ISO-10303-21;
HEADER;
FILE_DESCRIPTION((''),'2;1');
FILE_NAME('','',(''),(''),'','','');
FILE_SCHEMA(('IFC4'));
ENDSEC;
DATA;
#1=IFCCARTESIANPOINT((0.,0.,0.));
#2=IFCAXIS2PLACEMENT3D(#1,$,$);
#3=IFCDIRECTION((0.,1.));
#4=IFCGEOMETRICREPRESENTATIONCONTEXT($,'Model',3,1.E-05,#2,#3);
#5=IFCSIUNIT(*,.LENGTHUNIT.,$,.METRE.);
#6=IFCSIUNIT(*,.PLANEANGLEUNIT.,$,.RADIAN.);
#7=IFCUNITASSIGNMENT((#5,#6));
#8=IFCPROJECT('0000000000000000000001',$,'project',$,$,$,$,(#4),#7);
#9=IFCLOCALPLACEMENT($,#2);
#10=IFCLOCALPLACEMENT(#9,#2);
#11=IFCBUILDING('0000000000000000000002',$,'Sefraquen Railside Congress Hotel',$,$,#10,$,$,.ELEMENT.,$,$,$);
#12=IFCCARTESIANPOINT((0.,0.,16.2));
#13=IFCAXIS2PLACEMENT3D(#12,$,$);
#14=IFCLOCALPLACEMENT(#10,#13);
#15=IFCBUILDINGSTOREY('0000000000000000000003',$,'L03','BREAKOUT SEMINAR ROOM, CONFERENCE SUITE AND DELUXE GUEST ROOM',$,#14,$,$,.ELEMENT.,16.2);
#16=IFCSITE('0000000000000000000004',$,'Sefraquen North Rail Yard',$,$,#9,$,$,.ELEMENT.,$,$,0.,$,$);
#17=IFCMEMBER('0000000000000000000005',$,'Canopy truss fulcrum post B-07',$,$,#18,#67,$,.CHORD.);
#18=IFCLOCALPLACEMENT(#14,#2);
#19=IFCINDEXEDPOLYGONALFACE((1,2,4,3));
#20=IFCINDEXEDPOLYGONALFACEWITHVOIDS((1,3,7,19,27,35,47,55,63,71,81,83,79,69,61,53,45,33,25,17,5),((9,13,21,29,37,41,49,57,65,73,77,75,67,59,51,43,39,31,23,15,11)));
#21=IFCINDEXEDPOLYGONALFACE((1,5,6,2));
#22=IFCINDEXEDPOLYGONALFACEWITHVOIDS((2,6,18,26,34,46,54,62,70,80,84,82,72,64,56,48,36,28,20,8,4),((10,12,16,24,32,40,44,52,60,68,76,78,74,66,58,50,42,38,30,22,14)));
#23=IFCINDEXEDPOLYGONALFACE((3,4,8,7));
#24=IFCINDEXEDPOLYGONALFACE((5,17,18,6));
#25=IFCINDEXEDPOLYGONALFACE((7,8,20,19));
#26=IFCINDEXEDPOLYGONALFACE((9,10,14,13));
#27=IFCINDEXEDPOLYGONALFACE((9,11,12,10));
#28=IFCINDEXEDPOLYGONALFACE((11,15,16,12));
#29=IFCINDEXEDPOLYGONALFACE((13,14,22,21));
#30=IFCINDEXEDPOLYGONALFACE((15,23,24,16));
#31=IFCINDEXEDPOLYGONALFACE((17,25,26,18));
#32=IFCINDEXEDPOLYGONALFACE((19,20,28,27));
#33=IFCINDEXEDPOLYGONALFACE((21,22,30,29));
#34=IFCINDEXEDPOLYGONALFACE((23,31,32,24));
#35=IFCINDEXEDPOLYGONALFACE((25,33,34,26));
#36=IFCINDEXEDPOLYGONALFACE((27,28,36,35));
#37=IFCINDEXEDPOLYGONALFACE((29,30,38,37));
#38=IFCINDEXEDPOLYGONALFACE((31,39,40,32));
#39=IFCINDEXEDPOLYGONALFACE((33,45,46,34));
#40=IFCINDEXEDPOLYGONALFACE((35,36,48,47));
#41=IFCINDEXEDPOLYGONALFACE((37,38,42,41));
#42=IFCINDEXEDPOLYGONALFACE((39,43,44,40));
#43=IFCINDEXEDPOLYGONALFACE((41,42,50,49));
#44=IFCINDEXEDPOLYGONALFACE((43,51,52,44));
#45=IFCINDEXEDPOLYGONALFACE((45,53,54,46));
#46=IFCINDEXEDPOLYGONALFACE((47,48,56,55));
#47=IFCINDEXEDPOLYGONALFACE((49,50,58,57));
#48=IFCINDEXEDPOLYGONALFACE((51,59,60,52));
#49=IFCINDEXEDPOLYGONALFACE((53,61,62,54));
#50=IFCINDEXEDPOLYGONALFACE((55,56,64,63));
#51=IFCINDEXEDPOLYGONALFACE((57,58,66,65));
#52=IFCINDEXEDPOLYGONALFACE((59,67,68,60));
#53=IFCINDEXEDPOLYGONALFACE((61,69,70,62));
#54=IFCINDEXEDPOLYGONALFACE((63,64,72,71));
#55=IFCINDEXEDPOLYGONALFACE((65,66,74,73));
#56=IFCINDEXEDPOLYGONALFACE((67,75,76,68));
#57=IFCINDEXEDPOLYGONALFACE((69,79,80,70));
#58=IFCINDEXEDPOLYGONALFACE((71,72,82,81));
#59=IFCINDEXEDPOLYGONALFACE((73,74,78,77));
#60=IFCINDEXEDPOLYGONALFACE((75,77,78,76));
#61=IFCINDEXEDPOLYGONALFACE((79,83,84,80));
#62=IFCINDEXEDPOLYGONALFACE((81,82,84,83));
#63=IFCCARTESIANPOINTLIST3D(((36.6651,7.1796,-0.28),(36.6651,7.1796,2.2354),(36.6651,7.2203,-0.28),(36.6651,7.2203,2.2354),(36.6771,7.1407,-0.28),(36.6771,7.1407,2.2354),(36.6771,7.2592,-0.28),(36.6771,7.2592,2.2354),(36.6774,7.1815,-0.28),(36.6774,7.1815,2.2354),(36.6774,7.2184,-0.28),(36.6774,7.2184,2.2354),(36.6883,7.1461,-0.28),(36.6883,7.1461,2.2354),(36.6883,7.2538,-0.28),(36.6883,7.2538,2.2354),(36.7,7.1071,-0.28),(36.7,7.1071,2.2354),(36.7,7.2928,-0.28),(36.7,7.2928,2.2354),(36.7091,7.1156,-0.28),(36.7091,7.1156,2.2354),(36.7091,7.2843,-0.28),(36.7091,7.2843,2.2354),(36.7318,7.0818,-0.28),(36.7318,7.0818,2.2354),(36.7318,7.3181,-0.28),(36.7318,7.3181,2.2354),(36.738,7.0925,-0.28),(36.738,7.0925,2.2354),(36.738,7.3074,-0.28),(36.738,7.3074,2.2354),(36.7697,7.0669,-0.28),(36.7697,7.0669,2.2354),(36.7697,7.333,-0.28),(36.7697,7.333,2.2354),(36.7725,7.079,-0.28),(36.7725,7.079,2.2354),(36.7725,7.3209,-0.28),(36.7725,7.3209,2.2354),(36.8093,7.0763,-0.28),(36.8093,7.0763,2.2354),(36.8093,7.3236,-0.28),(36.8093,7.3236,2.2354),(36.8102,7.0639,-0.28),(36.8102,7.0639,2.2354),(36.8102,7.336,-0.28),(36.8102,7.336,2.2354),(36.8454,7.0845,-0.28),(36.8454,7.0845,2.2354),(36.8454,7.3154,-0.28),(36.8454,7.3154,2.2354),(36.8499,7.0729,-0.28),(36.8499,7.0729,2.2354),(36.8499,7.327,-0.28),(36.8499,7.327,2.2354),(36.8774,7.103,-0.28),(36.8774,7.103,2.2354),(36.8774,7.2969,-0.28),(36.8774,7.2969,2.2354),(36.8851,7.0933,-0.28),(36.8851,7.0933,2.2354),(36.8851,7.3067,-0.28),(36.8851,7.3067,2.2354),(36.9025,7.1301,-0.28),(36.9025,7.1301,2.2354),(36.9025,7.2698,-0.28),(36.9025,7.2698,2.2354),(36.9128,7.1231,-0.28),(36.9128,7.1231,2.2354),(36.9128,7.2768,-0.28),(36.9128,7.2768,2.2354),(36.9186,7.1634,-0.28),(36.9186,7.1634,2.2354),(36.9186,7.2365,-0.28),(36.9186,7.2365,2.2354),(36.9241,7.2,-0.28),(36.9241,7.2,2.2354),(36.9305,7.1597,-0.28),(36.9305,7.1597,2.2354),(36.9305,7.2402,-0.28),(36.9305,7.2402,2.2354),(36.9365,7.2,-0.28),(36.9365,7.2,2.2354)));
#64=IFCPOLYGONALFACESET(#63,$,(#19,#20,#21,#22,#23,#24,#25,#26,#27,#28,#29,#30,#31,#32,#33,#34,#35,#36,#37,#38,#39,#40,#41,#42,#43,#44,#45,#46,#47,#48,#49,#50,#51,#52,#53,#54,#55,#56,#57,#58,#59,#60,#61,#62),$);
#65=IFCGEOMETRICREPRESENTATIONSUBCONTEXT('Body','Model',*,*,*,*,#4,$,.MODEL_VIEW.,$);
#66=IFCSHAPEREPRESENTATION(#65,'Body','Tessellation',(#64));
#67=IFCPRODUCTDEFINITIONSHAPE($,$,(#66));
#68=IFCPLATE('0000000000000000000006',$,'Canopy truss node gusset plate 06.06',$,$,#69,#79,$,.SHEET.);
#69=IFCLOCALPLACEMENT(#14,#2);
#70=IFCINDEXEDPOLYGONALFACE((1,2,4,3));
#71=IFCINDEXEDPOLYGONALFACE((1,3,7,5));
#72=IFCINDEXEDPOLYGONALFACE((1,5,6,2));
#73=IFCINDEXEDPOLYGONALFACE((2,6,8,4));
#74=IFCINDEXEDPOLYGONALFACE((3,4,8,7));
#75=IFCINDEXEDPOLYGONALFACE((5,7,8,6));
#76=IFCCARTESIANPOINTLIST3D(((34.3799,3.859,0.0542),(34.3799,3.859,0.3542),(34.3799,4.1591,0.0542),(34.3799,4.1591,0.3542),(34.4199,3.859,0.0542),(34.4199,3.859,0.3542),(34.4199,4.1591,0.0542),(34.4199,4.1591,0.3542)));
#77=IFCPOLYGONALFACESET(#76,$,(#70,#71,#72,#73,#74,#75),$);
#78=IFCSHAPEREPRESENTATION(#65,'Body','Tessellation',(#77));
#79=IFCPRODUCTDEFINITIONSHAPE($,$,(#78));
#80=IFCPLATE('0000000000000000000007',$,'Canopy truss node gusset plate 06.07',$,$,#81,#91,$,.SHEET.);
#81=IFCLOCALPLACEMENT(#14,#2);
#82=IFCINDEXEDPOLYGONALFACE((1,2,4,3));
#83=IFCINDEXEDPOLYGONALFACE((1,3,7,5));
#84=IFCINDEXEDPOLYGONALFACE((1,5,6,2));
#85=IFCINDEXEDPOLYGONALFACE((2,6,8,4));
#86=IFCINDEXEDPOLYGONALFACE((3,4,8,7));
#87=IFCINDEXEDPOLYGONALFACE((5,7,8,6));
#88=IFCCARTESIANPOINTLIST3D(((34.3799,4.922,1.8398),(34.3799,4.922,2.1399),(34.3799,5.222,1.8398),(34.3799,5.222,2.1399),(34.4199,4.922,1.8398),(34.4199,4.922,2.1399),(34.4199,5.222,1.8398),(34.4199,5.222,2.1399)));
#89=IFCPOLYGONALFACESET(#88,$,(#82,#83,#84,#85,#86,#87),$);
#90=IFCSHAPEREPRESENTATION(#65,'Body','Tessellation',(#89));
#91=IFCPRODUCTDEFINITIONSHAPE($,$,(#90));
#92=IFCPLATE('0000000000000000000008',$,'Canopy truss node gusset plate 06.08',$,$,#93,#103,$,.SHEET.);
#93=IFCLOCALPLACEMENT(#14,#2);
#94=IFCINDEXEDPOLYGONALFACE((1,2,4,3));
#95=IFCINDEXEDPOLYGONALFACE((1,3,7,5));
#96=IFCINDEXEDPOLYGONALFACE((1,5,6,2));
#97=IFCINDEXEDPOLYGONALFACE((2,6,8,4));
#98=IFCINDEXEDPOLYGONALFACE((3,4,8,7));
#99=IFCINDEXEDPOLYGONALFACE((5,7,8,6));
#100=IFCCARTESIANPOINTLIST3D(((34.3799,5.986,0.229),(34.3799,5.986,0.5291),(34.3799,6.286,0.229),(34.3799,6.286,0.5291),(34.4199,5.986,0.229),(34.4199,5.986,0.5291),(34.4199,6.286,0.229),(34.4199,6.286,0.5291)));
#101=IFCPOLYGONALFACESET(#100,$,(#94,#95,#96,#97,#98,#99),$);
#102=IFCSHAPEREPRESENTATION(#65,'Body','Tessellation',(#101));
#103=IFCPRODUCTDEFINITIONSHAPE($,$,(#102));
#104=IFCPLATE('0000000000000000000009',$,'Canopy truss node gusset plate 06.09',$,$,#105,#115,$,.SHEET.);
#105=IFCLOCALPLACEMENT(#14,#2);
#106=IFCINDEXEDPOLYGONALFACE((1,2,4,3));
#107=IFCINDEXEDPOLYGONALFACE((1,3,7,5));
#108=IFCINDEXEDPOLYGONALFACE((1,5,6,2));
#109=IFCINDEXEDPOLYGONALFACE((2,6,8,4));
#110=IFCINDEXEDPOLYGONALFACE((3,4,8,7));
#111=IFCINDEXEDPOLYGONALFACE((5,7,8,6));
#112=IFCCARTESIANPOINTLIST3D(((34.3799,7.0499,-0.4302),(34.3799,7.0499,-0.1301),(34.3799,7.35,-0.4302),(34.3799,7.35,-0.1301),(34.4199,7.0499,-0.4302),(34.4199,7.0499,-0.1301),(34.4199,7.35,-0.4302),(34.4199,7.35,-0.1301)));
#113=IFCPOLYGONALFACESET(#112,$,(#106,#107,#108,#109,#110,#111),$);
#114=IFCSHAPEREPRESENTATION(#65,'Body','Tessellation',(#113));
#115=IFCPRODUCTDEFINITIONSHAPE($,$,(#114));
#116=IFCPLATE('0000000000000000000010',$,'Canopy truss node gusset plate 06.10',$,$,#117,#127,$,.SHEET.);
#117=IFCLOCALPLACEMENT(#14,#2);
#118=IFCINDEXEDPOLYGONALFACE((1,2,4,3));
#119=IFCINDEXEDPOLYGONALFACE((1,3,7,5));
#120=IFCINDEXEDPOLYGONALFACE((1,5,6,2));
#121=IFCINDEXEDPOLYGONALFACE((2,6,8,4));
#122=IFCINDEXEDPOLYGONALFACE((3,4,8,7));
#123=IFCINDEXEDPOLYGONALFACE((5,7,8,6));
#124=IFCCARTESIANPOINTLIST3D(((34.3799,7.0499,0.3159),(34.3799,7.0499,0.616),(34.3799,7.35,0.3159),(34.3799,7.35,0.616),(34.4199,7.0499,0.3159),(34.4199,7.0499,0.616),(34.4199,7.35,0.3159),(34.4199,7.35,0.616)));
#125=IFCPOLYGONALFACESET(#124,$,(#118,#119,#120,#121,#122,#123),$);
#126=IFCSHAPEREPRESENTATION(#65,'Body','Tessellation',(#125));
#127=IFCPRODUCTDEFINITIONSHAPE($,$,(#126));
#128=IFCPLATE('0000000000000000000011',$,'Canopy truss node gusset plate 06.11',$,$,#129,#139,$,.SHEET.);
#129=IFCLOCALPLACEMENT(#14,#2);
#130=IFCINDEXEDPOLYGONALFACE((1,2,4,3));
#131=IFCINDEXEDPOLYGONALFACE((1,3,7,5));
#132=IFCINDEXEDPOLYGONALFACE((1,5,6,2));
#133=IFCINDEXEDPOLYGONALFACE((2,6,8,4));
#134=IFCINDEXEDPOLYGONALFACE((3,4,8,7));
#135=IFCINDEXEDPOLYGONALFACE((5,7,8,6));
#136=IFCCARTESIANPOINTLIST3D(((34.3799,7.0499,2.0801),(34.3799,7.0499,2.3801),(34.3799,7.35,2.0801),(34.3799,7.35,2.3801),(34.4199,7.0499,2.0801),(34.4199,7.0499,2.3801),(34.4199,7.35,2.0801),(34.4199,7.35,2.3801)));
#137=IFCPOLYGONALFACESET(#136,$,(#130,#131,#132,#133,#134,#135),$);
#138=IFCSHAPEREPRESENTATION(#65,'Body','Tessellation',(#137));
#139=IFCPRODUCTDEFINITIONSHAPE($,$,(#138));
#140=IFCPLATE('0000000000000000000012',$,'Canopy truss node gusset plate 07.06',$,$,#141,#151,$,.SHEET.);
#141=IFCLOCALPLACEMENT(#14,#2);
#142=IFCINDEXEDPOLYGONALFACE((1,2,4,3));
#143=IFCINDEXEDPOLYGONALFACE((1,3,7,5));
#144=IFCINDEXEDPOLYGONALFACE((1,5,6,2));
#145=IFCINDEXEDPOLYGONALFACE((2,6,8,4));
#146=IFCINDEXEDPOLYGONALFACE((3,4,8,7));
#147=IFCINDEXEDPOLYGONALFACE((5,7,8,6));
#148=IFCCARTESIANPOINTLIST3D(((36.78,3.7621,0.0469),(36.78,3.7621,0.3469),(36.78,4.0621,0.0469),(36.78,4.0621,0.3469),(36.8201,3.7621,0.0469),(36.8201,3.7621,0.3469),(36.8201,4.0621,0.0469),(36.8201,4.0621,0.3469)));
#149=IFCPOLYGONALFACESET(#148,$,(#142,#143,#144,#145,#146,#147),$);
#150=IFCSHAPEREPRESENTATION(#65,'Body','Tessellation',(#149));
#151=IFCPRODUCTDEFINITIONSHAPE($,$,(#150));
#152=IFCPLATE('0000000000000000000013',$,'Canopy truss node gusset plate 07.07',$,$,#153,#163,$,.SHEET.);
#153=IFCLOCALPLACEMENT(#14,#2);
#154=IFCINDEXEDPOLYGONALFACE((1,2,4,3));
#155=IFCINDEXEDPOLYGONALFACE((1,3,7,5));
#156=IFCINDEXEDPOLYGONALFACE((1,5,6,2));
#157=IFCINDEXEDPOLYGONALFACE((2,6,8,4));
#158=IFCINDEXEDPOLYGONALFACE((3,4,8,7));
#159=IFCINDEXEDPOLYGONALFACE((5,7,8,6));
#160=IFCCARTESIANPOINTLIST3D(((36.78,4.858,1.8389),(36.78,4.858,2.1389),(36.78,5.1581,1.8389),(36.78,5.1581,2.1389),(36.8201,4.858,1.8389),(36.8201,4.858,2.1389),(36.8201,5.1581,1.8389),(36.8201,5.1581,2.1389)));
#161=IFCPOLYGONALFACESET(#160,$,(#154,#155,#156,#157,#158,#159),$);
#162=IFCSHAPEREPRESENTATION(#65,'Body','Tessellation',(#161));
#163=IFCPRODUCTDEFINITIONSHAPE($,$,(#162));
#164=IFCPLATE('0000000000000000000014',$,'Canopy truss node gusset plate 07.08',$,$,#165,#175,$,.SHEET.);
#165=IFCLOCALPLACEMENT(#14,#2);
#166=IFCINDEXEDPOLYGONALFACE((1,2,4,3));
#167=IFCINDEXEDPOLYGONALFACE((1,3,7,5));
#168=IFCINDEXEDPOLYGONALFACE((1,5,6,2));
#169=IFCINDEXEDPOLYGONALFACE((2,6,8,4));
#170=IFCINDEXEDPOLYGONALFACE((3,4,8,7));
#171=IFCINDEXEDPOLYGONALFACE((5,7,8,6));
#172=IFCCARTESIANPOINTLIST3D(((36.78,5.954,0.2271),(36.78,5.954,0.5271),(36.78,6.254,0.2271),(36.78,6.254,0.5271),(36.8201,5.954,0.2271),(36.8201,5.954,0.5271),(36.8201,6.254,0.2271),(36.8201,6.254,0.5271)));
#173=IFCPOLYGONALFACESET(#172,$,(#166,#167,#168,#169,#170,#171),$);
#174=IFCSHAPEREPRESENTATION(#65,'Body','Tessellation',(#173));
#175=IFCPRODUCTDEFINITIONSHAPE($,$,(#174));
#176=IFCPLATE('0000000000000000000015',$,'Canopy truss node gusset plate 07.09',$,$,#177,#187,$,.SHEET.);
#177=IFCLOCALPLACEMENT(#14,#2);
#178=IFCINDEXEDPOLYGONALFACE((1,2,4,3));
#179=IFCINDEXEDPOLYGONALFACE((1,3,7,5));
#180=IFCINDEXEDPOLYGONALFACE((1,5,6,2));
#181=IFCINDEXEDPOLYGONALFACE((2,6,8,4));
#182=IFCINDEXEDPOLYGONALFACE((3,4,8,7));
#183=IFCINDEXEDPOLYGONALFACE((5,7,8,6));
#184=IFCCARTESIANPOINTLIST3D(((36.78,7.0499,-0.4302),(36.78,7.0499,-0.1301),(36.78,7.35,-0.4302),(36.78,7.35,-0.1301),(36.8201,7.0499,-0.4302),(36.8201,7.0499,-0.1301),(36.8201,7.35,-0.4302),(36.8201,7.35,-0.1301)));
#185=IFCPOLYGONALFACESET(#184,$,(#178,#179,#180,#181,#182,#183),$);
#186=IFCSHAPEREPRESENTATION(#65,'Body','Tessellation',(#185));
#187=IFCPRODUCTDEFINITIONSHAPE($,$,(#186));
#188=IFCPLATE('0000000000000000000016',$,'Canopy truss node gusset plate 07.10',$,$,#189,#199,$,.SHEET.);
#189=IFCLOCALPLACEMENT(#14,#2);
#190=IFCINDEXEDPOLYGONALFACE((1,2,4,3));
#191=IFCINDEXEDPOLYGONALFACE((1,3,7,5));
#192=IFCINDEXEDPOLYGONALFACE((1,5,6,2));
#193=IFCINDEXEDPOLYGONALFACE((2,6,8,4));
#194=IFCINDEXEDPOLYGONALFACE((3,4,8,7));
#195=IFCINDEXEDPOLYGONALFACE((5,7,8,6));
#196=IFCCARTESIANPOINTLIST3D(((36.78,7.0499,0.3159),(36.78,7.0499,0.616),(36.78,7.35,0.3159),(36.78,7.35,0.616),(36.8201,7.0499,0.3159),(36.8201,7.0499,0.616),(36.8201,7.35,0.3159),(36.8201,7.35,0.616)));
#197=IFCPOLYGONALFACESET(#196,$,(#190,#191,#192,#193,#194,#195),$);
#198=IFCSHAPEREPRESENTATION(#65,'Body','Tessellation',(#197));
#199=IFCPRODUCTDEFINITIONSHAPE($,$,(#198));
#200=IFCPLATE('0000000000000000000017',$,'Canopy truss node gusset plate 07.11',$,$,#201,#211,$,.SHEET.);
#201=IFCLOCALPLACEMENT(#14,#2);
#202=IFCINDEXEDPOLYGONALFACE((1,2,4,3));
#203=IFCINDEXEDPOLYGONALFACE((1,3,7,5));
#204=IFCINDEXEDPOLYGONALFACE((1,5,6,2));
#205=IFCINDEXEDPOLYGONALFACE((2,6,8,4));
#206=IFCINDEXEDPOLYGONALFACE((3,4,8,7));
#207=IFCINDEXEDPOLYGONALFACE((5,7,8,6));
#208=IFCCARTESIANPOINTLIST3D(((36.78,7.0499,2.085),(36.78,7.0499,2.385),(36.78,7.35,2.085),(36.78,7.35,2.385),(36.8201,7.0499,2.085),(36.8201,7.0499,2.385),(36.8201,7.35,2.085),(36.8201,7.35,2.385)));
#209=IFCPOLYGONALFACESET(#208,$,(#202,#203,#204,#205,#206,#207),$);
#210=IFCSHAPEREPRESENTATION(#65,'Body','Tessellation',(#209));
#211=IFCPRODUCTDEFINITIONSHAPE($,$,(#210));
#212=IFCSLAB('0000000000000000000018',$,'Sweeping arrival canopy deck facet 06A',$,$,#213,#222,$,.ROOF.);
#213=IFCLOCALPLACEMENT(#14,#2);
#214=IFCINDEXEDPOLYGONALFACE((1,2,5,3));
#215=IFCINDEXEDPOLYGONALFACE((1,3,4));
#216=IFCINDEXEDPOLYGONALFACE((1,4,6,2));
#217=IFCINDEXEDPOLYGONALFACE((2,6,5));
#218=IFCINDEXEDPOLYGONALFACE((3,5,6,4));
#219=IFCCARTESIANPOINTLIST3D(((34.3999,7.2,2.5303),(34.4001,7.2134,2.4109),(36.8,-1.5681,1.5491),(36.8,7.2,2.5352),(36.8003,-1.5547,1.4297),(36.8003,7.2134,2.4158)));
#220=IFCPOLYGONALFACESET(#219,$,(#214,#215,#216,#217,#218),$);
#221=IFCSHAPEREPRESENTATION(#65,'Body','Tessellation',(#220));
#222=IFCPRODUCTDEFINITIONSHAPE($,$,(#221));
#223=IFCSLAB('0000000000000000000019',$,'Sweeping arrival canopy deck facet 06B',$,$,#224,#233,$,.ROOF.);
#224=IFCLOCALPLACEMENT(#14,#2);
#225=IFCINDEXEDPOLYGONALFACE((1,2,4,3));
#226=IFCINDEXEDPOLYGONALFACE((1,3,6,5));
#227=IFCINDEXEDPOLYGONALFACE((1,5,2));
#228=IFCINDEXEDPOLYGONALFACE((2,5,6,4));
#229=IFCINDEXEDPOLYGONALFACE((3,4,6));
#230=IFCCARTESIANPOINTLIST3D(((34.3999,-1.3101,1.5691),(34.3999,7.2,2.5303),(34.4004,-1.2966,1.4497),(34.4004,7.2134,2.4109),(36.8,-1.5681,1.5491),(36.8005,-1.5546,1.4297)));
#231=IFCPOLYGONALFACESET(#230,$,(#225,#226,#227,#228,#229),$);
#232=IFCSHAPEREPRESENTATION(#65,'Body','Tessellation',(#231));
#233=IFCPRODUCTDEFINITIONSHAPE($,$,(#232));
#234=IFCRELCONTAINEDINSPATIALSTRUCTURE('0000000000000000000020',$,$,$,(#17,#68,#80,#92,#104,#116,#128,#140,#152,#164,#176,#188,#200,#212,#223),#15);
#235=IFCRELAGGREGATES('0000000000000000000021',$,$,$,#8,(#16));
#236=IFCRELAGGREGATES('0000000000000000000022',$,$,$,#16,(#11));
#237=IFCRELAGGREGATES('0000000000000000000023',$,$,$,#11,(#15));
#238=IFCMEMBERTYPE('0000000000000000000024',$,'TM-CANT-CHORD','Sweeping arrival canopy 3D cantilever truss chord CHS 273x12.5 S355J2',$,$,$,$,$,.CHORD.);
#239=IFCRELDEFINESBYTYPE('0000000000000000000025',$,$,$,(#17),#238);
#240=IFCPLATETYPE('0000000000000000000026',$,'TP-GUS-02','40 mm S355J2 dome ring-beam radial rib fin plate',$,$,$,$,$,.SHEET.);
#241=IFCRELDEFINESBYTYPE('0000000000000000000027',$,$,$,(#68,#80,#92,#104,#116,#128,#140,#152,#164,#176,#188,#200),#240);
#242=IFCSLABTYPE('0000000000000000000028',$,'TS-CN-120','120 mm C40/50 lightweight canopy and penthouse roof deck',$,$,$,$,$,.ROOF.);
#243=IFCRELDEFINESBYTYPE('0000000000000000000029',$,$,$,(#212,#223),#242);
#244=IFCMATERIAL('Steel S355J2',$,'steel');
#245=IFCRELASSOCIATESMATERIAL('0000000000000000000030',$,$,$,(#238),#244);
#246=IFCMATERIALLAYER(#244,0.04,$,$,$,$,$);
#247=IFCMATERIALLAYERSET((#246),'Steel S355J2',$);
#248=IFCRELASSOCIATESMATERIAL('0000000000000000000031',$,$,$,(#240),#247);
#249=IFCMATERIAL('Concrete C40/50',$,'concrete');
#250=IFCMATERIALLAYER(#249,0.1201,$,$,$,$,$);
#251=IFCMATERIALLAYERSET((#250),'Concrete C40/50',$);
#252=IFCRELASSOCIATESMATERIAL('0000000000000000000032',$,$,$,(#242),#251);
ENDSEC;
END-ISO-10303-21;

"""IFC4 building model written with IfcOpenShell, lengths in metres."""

from ifc_helpers import new_model, si_unit, direction, frame, origin, origin_2d, place, context, subcontext, project, spatial, polyline, rectangle, hollow_circle, outline, extrude, material, layer, layer_set, material_profile, profile_set, type_object, element, save


model = new_model("IFC4")

# Units and contexts
model_context = context("Model", 3, precision=1e-05, world=origin(), true_north=direction((0.0, 1.0)))
body_context = subcontext(model_context, "Body", "Model", "MODEL_VIEW")
ifc_project = project(units=[si_unit("LENGTHUNIT", "METRE"), si_unit("PLANEANGLEUNIT", "RADIAN")], contexts=[model_context])

# Site, building, storey
site_placement = place(None, origin())
site = spatial("IfcSite", under=ifc_project, at=site_placement, Name="Sefraquen North Rail Yard", CompositionType="ELEMENT", RefElevation=0.0)
building_placement = place(site_placement, origin())
building = spatial("IfcBuilding", under=site, at=building_placement, Name="Sefraquen Railside Congress Hotel", CompositionType="ELEMENT")
storey_placement = place(building_placement, frame((0.0, 0.0, 16.2)))
storey = spatial("IfcBuildingStorey", under=building, at=storey_placement, Name="L03", Description="BREAKOUT SEMINAR ROOM, CONFERENCE SUITE AND DELUXE GUEST ROOM", CompositionType="ELEMENT", Elevation=16.2)

# Member
ifc_material_1 = material(Name="Steel S355J2", Category="steel")
ifc_material_profile_1 = material_profile(ifc_material_1, hollow_circle(Radius=0.1365, WallThickness=0.0125, at=origin_2d()), Name="CHS 273x12.5")
ifc_profile_set_1 = profile_set([ifc_material_profile_1], Name="Steel S355J2")
member_type_1 = type_object("IfcMemberType", Name="TM-CANT-CHORD", Description="Sweeping arrival canopy 3D cantilever truss chord CHS 273x12.5 S355J2", PredefinedType="CHORD", material=ifc_profile_set_1)
member_1_placement = place(storey_placement, frame((36.8, 7.2, -0.28), z_axis=(0.0, 0.0, 1.0), x_axis=(1.0, 0.0, 0.0)))
element("IfcMember", 1, at=member_1_placement, inside=storey, type_object=member_type_1, Name="Canopy truss fulcrum post B-07", PredefinedType="CHORD", context=body_context, shape_type="SweptSolid", body=[
    extrude(hollow_circle(Radius=0.1365, WallThickness=0.0125, at=origin_2d()), origin(), (0.0, 0.0, 1.0), 2.5154),
])

# Plates
ifc_layer_1 = layer(ifc_material_1, 0.04)
ifc_layer_set_1 = layer_set([ifc_layer_1], Name="Steel S355J2")
plate_type = type_object("IfcPlateType", Name="TP-GUS-02", Description="40 mm S355J2 dome ring-beam radial rib fin plate", PredefinedType="SHEET", material=ifc_layer_set_1)
for number, where, z_axis, x_axis, name in (
    (2, (34.3999, 4.009, 0.0542), (0.0, 0.0, 1.0), (1.0, 0.0, 0.0), "Canopy truss node gusset plate 06.06"),
    (3, (34.3999, 5.072, 1.8398), (0.0, 0.0, 1.0), (1.0, 0.0, 0.0), "Canopy truss node gusset plate 06.07"),
    (4, (34.3999, 6.136, 0.229), (0.0, 0.0, 1.0), (1.0, 0.0, 0.0), "Canopy truss node gusset plate 06.08"),
    (5, (34.3999, 7.2, -0.4302), (0.0, 0.0, 1.0), (1.0, 0.0, 0.0), "Canopy truss node gusset plate 06.09"),
    (6, (34.3999, 7.2, 0.3159), (0.0, 0.0, 1.0), (1.0, 0.0, 0.0), "Canopy truss node gusset plate 06.10"),
    (7, (34.3999, 7.2, 2.0801), (0.0, 0.0, 1.0), (1.0, 0.0, 0.0), "Canopy truss node gusset plate 06.11"),
    (8, (36.8, 3.9121, 0.0469), (0.0, 0.0, 1.0), (1.0, 0.0, 0.0), "Canopy truss node gusset plate 07.06"),
    (9, (36.8, 5.0081, 1.8389), (0.0, 0.0, 1.0), (1.0, 0.0, 0.0), "Canopy truss node gusset plate 07.07"),
    (10, (36.8, 6.104, 0.2271), (0.0, 0.0, 1.0), (1.0, 0.0, 0.0), "Canopy truss node gusset plate 07.08"),
    (11, (36.8, 7.2, -0.4302), (0.0, 0.0, 1.0), (1.0, 0.0, 0.0), "Canopy truss node gusset plate 07.09"),
    (12, (36.8, 7.2, 0.3159), (0.0, 0.0, 1.0), (1.0, 0.0, 0.0), "Canopy truss node gusset plate 07.10"),
    (13, (36.8, 7.2, 2.085), (0.0, 0.0, 1.0), (1.0, 0.0, 0.0), "Canopy truss node gusset plate 07.11"),
):
    element("IfcPlate", number, at=place(storey_placement, frame(where, z_axis=z_axis, x_axis=x_axis)), inside=storey, type_object=plate_type, Name=name, PredefinedType="SHEET", context=body_context, shape_type="SweptSolid", body=[
        extrude(rectangle(XDim=0.04, YDim=0.3, at=origin_2d()), origin(), (0.0, 0.0, 1.0), 0.3),
    ])

# Slabs
ifc_material_2 = material(Name="Concrete C40/50", Category="concrete")
ifc_layer_2 = layer(ifc_material_2, 0.1201)
ifc_layer_set_2 = layer_set([ifc_layer_2], Name="Concrete C40/50")
slab_type = type_object("IfcSlabType", Name="TS-CN-120", Description="120 mm C40/50 lightweight canopy and penthouse roof deck", PredefinedType="ROOF", material=ifc_layer_set_2)
slab_1_placement = place(storey_placement, frame((34.3999, 7.2, 2.5303), z_axis=(-0.002022, -0.111758, 0.993733), x_axis=(0.999998, 0.0, 0.002034)))
element("IfcSlab", 14, at=slab_1_placement, inside=storey, type_object=slab_type, Name="Sweeping arrival canopy deck facet 06A", PredefinedType="ROOF", context=body_context, shape_type="SweptSolid", body=[
    extrude(outline(polyline([(0.0, 0.0), (2.4002, 0.0), (2.3981, -8.8233), (0.0, 0.0)])), origin(), (0.0, 0.0, -1.0), 0.1201),
])
slab_2_placement = place(storey_placement, frame((34.3999, 7.2, 2.5303), z_axis=(-0.003779, -0.112233, 0.993675), x_axis=(0.262499, -0.958946, -0.107312)))
element("IfcSlab", 15, at=slab_2_placement, inside=storey, type_object=slab_type, Name="Sweeping arrival canopy deck facet 06B", PredefinedType="ROOF", context=body_context, shape_type="SweptSolid", body=[
    extrude(outline(polyline([(0.0, 0.0), (9.1434, 0.0), (8.2638, -2.2481), (0.0, 0.0)])), origin(), (0.0, 0.0, -1.0), 0.1201),
])

save(model, "model.ifc")
